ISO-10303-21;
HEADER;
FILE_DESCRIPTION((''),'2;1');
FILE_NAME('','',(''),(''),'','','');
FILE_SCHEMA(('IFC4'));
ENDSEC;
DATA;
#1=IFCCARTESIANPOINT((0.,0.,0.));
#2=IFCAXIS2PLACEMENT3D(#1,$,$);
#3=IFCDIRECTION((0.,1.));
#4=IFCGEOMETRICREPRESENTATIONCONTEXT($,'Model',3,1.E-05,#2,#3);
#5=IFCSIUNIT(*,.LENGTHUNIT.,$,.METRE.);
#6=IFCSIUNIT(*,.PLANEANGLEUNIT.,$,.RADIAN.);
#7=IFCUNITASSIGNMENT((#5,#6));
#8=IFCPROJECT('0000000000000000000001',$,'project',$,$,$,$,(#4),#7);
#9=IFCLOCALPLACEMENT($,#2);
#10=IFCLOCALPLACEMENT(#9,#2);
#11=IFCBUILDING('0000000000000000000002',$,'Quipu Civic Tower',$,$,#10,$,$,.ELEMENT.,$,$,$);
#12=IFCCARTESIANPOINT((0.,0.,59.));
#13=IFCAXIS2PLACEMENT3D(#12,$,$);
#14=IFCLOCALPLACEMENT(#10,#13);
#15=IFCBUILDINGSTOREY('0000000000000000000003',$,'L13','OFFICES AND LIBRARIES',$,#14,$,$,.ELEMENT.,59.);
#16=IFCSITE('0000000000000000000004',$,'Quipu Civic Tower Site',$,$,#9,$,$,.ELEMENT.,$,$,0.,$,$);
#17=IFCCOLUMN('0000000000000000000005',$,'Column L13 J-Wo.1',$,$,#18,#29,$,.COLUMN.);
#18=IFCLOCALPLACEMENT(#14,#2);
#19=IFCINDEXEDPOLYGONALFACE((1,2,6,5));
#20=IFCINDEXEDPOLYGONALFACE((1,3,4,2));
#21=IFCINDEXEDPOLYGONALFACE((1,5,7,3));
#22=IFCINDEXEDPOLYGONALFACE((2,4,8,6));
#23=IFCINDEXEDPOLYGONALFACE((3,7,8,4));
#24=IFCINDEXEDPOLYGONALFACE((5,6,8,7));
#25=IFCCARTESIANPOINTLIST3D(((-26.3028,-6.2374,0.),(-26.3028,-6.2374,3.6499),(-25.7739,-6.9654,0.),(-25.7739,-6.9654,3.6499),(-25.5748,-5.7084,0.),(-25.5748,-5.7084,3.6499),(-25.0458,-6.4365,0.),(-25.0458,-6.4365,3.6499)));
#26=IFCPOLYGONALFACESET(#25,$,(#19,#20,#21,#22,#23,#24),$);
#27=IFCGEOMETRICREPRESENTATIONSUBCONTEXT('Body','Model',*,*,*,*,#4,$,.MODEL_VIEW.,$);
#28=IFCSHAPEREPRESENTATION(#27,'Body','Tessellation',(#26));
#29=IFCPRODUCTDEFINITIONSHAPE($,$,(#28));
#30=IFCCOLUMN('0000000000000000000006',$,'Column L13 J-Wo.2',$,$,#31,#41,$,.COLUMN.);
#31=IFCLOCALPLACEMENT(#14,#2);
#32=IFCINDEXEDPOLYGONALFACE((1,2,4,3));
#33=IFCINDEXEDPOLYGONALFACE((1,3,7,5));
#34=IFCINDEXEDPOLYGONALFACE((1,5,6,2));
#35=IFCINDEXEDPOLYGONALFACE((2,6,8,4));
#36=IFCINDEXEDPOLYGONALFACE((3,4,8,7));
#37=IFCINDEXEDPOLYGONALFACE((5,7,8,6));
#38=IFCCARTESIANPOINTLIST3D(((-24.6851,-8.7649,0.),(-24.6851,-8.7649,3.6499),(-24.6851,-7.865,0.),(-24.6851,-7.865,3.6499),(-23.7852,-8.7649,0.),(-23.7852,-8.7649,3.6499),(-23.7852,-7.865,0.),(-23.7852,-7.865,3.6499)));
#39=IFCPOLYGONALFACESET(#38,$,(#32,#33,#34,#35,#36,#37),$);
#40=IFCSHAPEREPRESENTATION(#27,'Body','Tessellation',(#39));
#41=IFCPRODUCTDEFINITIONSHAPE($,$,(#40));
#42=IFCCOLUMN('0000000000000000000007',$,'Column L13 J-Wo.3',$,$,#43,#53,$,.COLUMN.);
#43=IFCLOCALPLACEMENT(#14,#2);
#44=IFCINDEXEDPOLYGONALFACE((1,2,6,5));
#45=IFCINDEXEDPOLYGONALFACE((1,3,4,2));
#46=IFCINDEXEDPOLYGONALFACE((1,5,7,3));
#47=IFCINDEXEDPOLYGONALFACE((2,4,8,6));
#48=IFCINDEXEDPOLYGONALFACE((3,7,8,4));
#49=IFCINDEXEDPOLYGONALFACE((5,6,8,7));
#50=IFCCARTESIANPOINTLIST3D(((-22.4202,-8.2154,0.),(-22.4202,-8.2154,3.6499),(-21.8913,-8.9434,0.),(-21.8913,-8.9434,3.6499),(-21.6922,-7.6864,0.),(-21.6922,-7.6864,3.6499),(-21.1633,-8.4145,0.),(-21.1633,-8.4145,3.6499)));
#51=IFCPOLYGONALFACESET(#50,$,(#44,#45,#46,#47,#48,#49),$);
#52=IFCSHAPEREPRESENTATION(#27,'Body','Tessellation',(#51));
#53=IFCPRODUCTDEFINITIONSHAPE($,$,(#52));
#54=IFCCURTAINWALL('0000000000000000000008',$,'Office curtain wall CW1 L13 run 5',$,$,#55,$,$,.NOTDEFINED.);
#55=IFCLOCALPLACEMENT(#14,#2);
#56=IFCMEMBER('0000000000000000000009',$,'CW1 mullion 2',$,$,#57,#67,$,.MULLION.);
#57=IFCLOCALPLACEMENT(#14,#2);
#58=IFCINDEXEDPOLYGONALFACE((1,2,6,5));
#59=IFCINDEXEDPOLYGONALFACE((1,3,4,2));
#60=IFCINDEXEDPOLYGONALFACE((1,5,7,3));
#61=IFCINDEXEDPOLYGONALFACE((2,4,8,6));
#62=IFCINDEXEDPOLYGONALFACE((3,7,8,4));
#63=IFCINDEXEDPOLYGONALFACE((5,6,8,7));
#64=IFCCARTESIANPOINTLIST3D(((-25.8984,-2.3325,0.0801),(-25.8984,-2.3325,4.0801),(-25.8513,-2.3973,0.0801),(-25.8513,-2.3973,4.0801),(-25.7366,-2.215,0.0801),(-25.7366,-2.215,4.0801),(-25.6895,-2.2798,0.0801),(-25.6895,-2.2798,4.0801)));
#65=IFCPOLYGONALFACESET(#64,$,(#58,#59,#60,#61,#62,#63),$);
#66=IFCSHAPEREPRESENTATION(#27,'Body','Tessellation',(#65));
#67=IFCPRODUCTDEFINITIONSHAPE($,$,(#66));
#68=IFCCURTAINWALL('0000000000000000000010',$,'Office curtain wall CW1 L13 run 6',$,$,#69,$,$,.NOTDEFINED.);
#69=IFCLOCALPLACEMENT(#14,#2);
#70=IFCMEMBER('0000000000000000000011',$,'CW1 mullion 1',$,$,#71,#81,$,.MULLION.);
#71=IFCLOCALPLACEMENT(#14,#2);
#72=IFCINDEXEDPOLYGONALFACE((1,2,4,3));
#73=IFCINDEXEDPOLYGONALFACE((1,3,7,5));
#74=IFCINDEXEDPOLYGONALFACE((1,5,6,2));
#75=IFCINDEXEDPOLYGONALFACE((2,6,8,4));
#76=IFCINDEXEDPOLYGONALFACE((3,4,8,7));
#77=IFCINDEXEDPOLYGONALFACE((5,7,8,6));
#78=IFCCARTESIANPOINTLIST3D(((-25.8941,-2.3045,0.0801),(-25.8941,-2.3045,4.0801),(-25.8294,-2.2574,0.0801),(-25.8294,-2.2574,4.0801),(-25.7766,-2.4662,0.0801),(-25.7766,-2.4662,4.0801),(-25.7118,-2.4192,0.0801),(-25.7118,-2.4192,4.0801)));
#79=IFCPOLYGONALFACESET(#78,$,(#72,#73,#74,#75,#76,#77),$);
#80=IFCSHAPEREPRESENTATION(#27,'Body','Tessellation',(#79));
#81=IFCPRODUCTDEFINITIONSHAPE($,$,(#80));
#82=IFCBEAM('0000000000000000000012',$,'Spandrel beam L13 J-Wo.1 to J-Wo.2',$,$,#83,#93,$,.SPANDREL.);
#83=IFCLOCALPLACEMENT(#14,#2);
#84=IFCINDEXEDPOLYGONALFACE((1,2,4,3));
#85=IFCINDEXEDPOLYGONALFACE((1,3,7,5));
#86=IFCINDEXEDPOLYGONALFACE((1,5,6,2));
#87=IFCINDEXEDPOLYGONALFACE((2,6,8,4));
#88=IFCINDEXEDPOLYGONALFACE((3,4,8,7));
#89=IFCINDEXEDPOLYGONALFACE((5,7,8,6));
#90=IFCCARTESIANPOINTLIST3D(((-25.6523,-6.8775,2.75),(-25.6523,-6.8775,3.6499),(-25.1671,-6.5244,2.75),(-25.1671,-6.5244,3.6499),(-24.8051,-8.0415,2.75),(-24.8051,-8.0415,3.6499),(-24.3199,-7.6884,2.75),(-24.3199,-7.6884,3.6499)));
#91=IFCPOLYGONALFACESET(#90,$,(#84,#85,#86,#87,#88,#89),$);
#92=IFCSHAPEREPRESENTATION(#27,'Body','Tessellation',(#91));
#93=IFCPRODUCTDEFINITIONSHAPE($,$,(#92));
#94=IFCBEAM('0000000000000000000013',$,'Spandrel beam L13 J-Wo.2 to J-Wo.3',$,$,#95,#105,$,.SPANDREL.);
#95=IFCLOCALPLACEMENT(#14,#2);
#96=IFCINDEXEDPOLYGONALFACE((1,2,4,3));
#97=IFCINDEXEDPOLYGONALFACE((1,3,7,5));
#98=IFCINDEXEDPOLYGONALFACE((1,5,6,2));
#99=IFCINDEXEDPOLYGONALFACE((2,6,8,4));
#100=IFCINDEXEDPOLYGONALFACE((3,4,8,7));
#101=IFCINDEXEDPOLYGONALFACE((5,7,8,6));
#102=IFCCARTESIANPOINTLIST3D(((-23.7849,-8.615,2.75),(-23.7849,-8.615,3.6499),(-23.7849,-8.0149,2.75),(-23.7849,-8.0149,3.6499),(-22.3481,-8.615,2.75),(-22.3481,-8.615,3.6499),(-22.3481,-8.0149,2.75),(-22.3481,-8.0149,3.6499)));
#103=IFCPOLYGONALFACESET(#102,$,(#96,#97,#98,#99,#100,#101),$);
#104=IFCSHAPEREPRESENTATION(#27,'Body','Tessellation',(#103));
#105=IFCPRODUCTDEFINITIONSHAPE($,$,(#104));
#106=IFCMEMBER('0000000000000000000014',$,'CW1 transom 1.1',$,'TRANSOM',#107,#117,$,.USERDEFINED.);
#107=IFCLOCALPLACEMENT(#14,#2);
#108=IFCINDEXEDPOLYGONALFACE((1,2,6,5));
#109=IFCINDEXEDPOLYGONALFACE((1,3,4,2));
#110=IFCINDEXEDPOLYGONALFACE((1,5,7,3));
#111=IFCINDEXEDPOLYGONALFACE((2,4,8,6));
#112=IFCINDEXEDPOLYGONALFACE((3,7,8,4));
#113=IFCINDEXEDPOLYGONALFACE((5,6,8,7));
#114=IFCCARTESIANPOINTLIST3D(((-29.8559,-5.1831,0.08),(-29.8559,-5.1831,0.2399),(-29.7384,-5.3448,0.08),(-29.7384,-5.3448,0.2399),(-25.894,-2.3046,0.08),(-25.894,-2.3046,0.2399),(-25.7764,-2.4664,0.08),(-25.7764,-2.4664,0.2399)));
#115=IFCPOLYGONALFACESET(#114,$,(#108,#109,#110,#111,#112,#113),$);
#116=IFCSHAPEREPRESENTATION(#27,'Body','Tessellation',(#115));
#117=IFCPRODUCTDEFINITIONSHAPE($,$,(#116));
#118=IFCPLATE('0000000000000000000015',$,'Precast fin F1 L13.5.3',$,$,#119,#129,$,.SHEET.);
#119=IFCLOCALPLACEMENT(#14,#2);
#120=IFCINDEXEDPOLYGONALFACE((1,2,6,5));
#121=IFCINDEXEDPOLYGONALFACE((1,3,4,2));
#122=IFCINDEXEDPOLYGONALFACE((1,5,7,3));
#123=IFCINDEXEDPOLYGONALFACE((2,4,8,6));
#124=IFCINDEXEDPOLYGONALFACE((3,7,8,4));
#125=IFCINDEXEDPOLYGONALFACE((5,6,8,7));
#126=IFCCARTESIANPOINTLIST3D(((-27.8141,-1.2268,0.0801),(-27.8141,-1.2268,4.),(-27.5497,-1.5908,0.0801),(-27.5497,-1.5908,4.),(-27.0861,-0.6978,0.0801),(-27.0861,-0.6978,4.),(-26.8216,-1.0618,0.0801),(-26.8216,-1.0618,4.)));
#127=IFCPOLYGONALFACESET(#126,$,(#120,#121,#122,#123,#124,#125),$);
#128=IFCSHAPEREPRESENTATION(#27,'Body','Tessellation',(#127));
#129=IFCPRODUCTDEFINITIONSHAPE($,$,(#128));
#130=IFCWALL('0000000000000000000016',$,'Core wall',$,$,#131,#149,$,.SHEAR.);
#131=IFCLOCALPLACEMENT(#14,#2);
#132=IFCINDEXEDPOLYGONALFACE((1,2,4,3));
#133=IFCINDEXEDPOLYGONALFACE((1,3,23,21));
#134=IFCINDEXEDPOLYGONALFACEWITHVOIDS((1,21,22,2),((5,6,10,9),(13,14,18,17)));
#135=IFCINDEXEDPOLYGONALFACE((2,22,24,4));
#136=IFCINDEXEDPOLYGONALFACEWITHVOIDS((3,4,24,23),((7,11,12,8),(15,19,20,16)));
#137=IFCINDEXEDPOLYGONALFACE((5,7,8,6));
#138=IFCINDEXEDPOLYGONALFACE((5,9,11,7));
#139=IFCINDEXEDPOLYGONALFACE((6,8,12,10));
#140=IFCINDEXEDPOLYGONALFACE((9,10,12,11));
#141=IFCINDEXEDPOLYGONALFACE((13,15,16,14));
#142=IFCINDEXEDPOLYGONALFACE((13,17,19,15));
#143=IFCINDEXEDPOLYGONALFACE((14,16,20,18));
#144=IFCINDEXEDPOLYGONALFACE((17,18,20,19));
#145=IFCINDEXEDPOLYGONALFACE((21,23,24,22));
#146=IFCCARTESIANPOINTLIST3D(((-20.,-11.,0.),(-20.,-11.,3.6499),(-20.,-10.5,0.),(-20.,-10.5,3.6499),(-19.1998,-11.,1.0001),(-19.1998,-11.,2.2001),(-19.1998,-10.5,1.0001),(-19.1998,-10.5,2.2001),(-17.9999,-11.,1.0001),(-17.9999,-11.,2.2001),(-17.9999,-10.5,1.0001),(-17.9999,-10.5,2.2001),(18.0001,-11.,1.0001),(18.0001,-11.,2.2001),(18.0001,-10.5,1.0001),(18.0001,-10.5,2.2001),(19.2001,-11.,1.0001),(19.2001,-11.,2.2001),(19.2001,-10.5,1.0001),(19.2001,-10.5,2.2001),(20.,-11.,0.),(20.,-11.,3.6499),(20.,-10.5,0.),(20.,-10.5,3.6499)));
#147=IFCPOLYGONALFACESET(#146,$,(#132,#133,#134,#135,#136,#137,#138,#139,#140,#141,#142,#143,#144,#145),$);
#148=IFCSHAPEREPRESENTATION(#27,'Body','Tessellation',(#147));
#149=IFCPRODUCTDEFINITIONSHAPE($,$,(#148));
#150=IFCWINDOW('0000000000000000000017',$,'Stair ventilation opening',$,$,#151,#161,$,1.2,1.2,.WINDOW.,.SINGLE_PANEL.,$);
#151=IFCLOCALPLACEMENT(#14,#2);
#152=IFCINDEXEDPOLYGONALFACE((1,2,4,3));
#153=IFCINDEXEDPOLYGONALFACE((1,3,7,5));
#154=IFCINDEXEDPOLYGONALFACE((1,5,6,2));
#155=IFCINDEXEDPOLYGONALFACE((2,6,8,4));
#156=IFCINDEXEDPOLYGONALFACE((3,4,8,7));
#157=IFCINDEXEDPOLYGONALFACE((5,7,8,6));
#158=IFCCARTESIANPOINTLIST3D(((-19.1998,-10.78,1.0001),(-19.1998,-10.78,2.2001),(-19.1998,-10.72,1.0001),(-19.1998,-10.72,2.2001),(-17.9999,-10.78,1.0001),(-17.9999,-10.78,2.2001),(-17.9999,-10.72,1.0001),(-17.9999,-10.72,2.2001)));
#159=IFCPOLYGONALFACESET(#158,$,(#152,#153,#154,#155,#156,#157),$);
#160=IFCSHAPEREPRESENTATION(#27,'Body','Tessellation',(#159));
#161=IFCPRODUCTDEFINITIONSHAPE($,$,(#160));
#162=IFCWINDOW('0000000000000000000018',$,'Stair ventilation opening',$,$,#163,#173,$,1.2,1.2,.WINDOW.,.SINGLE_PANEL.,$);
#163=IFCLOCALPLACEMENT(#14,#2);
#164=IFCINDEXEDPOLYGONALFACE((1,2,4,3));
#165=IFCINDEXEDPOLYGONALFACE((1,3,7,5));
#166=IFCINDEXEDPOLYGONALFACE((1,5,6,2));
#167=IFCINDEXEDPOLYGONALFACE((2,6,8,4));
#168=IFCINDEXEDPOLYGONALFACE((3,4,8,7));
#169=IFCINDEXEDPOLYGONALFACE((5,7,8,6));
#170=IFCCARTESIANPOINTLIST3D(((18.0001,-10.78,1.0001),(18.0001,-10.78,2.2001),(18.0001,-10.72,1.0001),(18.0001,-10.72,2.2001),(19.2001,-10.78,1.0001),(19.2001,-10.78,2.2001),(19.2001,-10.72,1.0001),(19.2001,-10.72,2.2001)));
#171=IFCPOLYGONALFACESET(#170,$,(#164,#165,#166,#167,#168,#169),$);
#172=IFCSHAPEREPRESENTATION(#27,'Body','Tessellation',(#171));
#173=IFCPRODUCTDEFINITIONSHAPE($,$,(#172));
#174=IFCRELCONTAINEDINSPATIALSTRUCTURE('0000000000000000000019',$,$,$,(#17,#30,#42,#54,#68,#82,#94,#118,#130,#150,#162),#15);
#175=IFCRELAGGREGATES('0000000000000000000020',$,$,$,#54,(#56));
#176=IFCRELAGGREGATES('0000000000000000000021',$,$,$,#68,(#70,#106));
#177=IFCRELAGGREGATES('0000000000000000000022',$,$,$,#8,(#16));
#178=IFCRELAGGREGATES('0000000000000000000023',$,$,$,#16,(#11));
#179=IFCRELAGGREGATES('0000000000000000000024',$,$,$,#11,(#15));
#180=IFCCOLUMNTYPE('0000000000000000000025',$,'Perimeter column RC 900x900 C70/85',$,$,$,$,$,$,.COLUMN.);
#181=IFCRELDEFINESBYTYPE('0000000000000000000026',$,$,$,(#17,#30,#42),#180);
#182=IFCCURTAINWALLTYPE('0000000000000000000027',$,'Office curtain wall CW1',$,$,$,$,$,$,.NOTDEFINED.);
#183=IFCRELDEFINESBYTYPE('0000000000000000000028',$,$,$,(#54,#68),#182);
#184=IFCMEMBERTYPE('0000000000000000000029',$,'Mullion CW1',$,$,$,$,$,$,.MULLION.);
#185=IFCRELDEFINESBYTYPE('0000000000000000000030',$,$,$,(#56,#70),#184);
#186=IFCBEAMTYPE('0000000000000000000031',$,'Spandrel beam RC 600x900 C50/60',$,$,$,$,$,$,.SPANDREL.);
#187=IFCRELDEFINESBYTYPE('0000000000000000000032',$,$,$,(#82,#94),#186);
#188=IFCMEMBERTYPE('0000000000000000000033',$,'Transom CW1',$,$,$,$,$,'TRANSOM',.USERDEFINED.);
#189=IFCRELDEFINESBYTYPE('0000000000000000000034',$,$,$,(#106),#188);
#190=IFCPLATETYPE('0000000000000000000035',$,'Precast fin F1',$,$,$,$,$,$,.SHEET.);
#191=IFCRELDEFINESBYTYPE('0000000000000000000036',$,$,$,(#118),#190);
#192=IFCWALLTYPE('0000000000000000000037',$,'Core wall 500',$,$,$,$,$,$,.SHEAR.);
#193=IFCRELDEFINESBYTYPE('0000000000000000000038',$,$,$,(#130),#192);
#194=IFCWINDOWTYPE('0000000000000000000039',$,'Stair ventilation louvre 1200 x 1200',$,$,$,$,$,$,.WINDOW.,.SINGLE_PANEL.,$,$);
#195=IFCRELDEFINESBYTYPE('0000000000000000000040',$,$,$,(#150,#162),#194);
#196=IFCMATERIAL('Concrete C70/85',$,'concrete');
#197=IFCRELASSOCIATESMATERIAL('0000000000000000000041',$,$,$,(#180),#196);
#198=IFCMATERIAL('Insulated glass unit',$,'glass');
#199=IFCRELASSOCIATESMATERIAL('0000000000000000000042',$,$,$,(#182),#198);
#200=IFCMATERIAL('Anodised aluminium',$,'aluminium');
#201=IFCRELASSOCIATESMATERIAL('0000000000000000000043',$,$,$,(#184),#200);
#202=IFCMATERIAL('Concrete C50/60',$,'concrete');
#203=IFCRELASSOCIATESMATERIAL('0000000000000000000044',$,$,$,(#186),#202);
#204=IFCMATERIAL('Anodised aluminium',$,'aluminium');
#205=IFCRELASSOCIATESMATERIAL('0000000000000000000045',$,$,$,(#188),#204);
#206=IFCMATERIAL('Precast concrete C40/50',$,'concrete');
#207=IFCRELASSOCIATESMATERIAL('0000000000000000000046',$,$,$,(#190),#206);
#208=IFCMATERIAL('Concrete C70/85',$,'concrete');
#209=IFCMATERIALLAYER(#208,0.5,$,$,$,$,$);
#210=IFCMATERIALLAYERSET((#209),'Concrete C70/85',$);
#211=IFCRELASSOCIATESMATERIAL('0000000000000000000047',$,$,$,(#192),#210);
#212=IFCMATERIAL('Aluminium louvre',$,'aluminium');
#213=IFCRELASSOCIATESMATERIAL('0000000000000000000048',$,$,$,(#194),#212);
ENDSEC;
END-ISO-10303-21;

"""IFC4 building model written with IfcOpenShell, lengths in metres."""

from ifc_helpers import new_model, si_unit, direction, frame, frame_2d, origin, origin_2d, place, context, subcontext, project, spatial, rectangle, extrude, material, layer, layer_set, material_profile, profile_set, type_object, element, fill, aggregate, save


model = new_model("IFC4")

# Units and contexts
model_context = context("Model", 3, precision=1e-05, world=origin(), true_north=direction((0.0, 1.0)))
body_context = subcontext(model_context, "Body", "Model", "MODEL_VIEW")
ifc_project = project(units=[si_unit("LENGTHUNIT", "METRE"), si_unit("PLANEANGLEUNIT", "RADIAN")], contexts=[model_context])

# Site, building, storey
site_placement = place(None, origin())
site = spatial("IfcSite", under=ifc_project, at=site_placement, Name="Quipu Civic Tower Site", CompositionType="ELEMENT", RefElevation=0.0)
building_placement = place(site_placement, origin())
building = spatial("IfcBuilding", under=site, at=building_placement, Name="Quipu Civic Tower", CompositionType="ELEMENT")
storey_placement = place(building_placement, frame((0.0, 0.0, 59.0)))
storey = spatial("IfcBuildingStorey", under=building, at=storey_placement, Name="L13", Description="OFFICES AND LIBRARIES", CompositionType="ELEMENT", Elevation=59.0)

# Columns
ifc_material_1 = material(Name="Concrete C70/85", Category="concrete")
ifc_material_profile_1 = material_profile(ifc_material_1, rectangle(XDim=0.8999, YDim=0.8999, at=origin_2d()), Name="RC900x900")
ifc_profile_set_1 = profile_set([ifc_material_profile_1], Name="Concrete C70/85")
column_type = type_object("IfcColumnType", Name="Perimeter column RC 900x900 C70/85", PredefinedType="COLUMN", material=ifc_profile_set_1)
for number, where, z_axis, x_axis, name in (
    (1, (-25.6743, -6.3369, 0.0), (0.0, 0.0, 1.0), (0.587785, -0.809017, 0.0), "Column L13 J-Wo.1"),
    (2, (-24.2351, -8.3149, 0.0), (0.0, 0.0, 1.0), (1.0, 0.0, 0.0), "Column L13 J-Wo.2"),
    (3, (-21.7917, -8.3149, 0.0), (0.0, 0.0, 1.0), (0.587785, -0.809017, 0.0), "Column L13 J-Wo.3"),
):
    element("IfcColumn", number, at=place(storey_placement, frame(where, z_axis=z_axis, x_axis=x_axis)), inside=storey, type_object=column_type, Name=name, PredefinedType="COLUMN", context=body_context, shape_type="SweptSolid", body=[
        extrude(rectangle(XDim=0.8999, YDim=0.8999, at=origin_2d()), origin(), (0.0, 0.0, 1.0), 3.6499),
    ])

# Curtain walls, members
ifc_material_2 = material(Name="Insulated glass unit", Category="glass")
curtain_wall_type = type_object("IfcCurtainWallType", Name="Office curtain wall CW1", PredefinedType="NOTDEFINED", material=ifc_material_2)
curtain_wall_1_placement = place(storey_placement, origin())
curtain_wall_1 = element("IfcCurtainWall", 4, at=curtain_wall_1_placement, inside=storey, type_object=curtain_wall_type, Name="Office curtain wall CW1 L13 run 5", PredefinedType="NOTDEFINED")
ifc_material_3 = material(Name="Anodised aluminium", Category="aluminium")
ifc_material_profile_2 = material_profile(ifc_material_3, rectangle(XDim=0.2, YDim=0.0801, at=origin_2d()), Name="RECT 200x80")
ifc_profile_set_2 = profile_set([ifc_material_profile_2], Name="Anodised aluminium")
member_type_1 = type_object("IfcMemberType", Name="Mullion CW1", PredefinedType="MULLION", material=ifc_profile_set_2)
member_1_placement = place(storey_placement, frame((-25.7939, -2.3062, 0.0801), z_axis=(0.0, 0.0, 1.0), x_axis=(0.809023, 0.587777, 0.0)))
member_1 = element("IfcMember", 5, at=member_1_placement, type_object=member_type_1, Name="CW1 mullion 2", PredefinedType="MULLION", context=body_context, shape_type="SweptSolid", body=[
    extrude(rectangle(XDim=0.2, YDim=0.0801, at=origin_2d()), origin(), (0.0, 0.0, 1.0), 4.0),
])
aggregate(curtain_wall_1, [member_1])
curtain_wall_2_placement = place(storey_placement, origin())
curtain_wall_2 = element("IfcCurtainWall", 6, at=curtain_wall_2_placement, inside=storey, type_object=curtain_wall_type, Name="Office curtain wall CW1 L13 run 6", PredefinedType="NOTDEFINED")
member_2_placement = place(storey_placement, frame((-25.803, -2.3618, 0.0801), z_axis=(0.0, 0.0, 1.0), x_axis=(0.587785, -0.809017, 0.0)))
member_2 = element("IfcMember", 7, at=member_2_placement, type_object=member_type_1, Name="CW1 mullion 1", PredefinedType="MULLION", context=body_context, shape_type="SweptSolid", body=[
    extrude(rectangle(XDim=0.2, YDim=0.0801, at=origin_2d()), origin(), (0.0, 0.0, 1.0), 4.0),
])

# Beams
ifc_material_4 = material(Name="Concrete C50/60", Category="concrete")
ifc_material_profile_3 = material_profile(ifc_material_4, rectangle(XDim=0.6001, YDim=0.8999, at=origin_2d()), Name="RC600x900")
ifc_profile_set_3 = profile_set([ifc_material_profile_3], Name="Concrete C50/60")
beam_type = type_object("IfcBeamType", Name="Spandrel beam RC 600x900 C50/60", PredefinedType="SPANDREL", material=ifc_profile_set_3)
beam_1_placement = place(storey_placement, frame((-25.4097, -6.7009, 3.2), z_axis=(0.588434, -0.808545, 0.0), x_axis=(0.808545, 0.588434, 0.0)))
element("IfcBeam", 8, at=beam_1_placement, inside=storey, type_object=beam_type, Name="Spandrel beam L13 J-Wo.1 to J-Wo.2", PredefinedType="SPANDREL", context=body_context, shape_type="SweptSolid", body=[
    extrude(rectangle(XDim=0.6001, YDim=0.8999, at=origin_2d()), origin(), (0.0, 0.0, 1.0), 1.4397),
])
beam_2_placement = place(storey_placement, frame((-23.7849, -8.3149, 3.2), z_axis=(1.0, 0.0, 0.0), x_axis=(0.0, 1.0, 0.0)))
element("IfcBeam", 9, at=beam_2_placement, inside=storey, type_object=beam_type, Name="Spandrel beam L13 J-Wo.2 to J-Wo.3", PredefinedType="SPANDREL", context=body_context, shape_type="SweptSolid", body=[
    extrude(rectangle(XDim=0.6001, YDim=0.8999, at=origin_2d()), origin(), (0.0, 0.0, 1.0), 1.4368),
])

# Member
ifc_material_5 = material(Name="Anodised aluminium", Category="aluminium")
ifc_material_profile_4 = material_profile(ifc_material_5, rectangle(XDim=0.2, YDim=0.1599, at=origin_2d()), Name="RECT 200x160")
ifc_profile_set_4 = profile_set([ifc_material_profile_4], Name="Anodised aluminium")
member_type_2 = type_object("IfcMemberType", Name="Transom CW1", ElementType="TRANSOM", PredefinedType="USERDEFINED", material=ifc_profile_set_4)
member_3_placement = place(storey_placement, frame((-25.8352, -2.3855, 0.1599), z_axis=(-0.809025, -0.587774, 0.0), x_axis=(0.587774, -0.809025, 0.0)))
member_3 = element("IfcMember", 10, at=member_3_placement, type_object=member_type_2, Name="CW1 transom 1.1", ObjectType="TRANSOM", PredefinedType="USERDEFINED", context=body_context, shape_type="SweptSolid", body=[
    extrude(rectangle(XDim=0.2, YDim=0.1599, at=origin_2d()), origin(), (0.0, 0.0, 1.0), 4.8972),
])
aggregate(curtain_wall_2, [member_2, member_3])

# Plate
ifc_material_6 = material(Name="Precast concrete C40/50", Category="concrete")
plate_type = type_object("IfcPlateType", Name="Precast fin F1", PredefinedType="SHEET", material=ifc_material_6)
plate_placement = place(storey_placement, frame((-27.3179, -1.1443, 0.0801), z_axis=(0.0, 0.0, 1.0), x_axis=(0.587784, -0.809018, 0.0)))
element("IfcPlate", 11, at=plate_placement, inside=storey, type_object=plate_type, Name="Precast fin F1 L13.5.3", PredefinedType="SHEET", context=body_context, shape_type="SweptSolid", body=[
    extrude(rectangle(XDim=0.45, YDim=0.8999, at=origin_2d()), origin(), (0.0, 0.0, 1.0), 3.9199),
])

# Wall, openings, windows
ifc_material_7 = material(Name="Concrete C70/85", Category="concrete")
ifc_layer_1 = layer(ifc_material_7, 0.5)
ifc_layer_set_1 = layer_set([ifc_layer_1], Name="Concrete C70/85")
wall_type_1 = type_object("IfcWallType", Name="Core wall 500", PredefinedType="SHEAR", material=ifc_layer_set_1)
wall_1_placement = place(storey_placement, frame((-20.0, -10.75, 0.0), z_axis=(0.0, 0.0, 1.0), x_axis=(1.0, 0.0, 0.0)))
wall_1 = element("IfcWall", 12, at=wall_1_placement, inside=storey, type_object=wall_type_1, Name="Core wall", PredefinedType="SHEAR", context=body_context, shape_type="SweptSolid", body=[
    extrude(rectangle(XDim=40.0, YDim=0.5, at=frame_2d((20.0, 0.0))), origin(), (0.0, 0.0, 1.0), 3.6499),
])
opening_1_placement = place(wall_1_placement, frame((0.8, 0.0, 1.0)))
opening_1 = element("IfcOpeningElement", 13, at=opening_1_placement, cuts=wall_1, PredefinedType="OPENING", context=body_context, shape_type="SweptSolid", body=[
    extrude(rectangle(XDim=1.2, YDim=1.2, at=frame_2d((0.6001, 0.6001))), frame((0.0, 0.26, 0.0), z_axis=(0.0, -1.0, 0.0), x_axis=(1.0, 0.0, 0.0)), (0.0, 0.0, 1.0), 0.52),
])
opening_2_placement = place(wall_1_placement, frame((38.0, 0.0, 1.0)))
opening_2 = element("IfcOpeningElement", 14, at=opening_2_placement, cuts=wall_1, PredefinedType="OPENING", context=body_context, shape_type="SweptSolid", body=[
    extrude(rectangle(XDim=1.2, YDim=1.2, at=frame_2d((0.6001, 0.6001))), frame((0.0, 0.26, 0.0), z_axis=(0.0, -1.0, 0.0), x_axis=(1.0, 0.0, 0.0)), (0.0, 0.0, 1.0), 0.52),
])
ifc_material_8 = material(Name="Aluminium louvre", Category="aluminium")
window_type = type_object("IfcWindowType", Name="Stair ventilation louvre 1200 x 1200", PartitioningType="SINGLE_PANEL", PredefinedType="WINDOW", material=ifc_material_8)
window_1_placement = place(opening_1_placement, origin())
window_1 = element("IfcWindow", 15, at=window_1_placement, inside=storey, type_object=window_type, Name="Stair ventilation opening", OverallHeight=1.2, OverallWidth=1.2, PartitioningType="SINGLE_PANEL", PredefinedType="WINDOW", context=body_context, shape_type="SweptSolid", body=[
    extrude(rectangle(XDim=1.2, YDim=1.2, at=frame_2d((0.6001, 0.6001))), frame((0.0, 0.03, 0.0), z_axis=(0.0, -1.0, 0.0), x_axis=(1.0, 0.0, 0.0)), (0.0, 0.0, 1.0), 0.0601),
])
fill(opening_1, window_1)
window_2_placement = place(opening_2_placement, origin())
window_2 = element("IfcWindow", 16, at=window_2_placement, inside=storey, type_object=window_type, Name="Stair ventilation opening", OverallHeight=1.2, OverallWidth=1.2, PartitioningType="SINGLE_PANEL", PredefinedType="WINDOW", context=body_context, shape_type="SweptSolid", body=[
    extrude(rectangle(XDim=1.2, YDim=1.2, at=frame_2d((0.6001, 0.6001))), frame((0.0, 0.03, 0.0), z_axis=(0.0, -1.0, 0.0), x_axis=(1.0, 0.0, 0.0)), (0.0, 0.0, 1.0), 0.0601),
])
fill(opening_2, window_2)

save(model, "model.ifc")
